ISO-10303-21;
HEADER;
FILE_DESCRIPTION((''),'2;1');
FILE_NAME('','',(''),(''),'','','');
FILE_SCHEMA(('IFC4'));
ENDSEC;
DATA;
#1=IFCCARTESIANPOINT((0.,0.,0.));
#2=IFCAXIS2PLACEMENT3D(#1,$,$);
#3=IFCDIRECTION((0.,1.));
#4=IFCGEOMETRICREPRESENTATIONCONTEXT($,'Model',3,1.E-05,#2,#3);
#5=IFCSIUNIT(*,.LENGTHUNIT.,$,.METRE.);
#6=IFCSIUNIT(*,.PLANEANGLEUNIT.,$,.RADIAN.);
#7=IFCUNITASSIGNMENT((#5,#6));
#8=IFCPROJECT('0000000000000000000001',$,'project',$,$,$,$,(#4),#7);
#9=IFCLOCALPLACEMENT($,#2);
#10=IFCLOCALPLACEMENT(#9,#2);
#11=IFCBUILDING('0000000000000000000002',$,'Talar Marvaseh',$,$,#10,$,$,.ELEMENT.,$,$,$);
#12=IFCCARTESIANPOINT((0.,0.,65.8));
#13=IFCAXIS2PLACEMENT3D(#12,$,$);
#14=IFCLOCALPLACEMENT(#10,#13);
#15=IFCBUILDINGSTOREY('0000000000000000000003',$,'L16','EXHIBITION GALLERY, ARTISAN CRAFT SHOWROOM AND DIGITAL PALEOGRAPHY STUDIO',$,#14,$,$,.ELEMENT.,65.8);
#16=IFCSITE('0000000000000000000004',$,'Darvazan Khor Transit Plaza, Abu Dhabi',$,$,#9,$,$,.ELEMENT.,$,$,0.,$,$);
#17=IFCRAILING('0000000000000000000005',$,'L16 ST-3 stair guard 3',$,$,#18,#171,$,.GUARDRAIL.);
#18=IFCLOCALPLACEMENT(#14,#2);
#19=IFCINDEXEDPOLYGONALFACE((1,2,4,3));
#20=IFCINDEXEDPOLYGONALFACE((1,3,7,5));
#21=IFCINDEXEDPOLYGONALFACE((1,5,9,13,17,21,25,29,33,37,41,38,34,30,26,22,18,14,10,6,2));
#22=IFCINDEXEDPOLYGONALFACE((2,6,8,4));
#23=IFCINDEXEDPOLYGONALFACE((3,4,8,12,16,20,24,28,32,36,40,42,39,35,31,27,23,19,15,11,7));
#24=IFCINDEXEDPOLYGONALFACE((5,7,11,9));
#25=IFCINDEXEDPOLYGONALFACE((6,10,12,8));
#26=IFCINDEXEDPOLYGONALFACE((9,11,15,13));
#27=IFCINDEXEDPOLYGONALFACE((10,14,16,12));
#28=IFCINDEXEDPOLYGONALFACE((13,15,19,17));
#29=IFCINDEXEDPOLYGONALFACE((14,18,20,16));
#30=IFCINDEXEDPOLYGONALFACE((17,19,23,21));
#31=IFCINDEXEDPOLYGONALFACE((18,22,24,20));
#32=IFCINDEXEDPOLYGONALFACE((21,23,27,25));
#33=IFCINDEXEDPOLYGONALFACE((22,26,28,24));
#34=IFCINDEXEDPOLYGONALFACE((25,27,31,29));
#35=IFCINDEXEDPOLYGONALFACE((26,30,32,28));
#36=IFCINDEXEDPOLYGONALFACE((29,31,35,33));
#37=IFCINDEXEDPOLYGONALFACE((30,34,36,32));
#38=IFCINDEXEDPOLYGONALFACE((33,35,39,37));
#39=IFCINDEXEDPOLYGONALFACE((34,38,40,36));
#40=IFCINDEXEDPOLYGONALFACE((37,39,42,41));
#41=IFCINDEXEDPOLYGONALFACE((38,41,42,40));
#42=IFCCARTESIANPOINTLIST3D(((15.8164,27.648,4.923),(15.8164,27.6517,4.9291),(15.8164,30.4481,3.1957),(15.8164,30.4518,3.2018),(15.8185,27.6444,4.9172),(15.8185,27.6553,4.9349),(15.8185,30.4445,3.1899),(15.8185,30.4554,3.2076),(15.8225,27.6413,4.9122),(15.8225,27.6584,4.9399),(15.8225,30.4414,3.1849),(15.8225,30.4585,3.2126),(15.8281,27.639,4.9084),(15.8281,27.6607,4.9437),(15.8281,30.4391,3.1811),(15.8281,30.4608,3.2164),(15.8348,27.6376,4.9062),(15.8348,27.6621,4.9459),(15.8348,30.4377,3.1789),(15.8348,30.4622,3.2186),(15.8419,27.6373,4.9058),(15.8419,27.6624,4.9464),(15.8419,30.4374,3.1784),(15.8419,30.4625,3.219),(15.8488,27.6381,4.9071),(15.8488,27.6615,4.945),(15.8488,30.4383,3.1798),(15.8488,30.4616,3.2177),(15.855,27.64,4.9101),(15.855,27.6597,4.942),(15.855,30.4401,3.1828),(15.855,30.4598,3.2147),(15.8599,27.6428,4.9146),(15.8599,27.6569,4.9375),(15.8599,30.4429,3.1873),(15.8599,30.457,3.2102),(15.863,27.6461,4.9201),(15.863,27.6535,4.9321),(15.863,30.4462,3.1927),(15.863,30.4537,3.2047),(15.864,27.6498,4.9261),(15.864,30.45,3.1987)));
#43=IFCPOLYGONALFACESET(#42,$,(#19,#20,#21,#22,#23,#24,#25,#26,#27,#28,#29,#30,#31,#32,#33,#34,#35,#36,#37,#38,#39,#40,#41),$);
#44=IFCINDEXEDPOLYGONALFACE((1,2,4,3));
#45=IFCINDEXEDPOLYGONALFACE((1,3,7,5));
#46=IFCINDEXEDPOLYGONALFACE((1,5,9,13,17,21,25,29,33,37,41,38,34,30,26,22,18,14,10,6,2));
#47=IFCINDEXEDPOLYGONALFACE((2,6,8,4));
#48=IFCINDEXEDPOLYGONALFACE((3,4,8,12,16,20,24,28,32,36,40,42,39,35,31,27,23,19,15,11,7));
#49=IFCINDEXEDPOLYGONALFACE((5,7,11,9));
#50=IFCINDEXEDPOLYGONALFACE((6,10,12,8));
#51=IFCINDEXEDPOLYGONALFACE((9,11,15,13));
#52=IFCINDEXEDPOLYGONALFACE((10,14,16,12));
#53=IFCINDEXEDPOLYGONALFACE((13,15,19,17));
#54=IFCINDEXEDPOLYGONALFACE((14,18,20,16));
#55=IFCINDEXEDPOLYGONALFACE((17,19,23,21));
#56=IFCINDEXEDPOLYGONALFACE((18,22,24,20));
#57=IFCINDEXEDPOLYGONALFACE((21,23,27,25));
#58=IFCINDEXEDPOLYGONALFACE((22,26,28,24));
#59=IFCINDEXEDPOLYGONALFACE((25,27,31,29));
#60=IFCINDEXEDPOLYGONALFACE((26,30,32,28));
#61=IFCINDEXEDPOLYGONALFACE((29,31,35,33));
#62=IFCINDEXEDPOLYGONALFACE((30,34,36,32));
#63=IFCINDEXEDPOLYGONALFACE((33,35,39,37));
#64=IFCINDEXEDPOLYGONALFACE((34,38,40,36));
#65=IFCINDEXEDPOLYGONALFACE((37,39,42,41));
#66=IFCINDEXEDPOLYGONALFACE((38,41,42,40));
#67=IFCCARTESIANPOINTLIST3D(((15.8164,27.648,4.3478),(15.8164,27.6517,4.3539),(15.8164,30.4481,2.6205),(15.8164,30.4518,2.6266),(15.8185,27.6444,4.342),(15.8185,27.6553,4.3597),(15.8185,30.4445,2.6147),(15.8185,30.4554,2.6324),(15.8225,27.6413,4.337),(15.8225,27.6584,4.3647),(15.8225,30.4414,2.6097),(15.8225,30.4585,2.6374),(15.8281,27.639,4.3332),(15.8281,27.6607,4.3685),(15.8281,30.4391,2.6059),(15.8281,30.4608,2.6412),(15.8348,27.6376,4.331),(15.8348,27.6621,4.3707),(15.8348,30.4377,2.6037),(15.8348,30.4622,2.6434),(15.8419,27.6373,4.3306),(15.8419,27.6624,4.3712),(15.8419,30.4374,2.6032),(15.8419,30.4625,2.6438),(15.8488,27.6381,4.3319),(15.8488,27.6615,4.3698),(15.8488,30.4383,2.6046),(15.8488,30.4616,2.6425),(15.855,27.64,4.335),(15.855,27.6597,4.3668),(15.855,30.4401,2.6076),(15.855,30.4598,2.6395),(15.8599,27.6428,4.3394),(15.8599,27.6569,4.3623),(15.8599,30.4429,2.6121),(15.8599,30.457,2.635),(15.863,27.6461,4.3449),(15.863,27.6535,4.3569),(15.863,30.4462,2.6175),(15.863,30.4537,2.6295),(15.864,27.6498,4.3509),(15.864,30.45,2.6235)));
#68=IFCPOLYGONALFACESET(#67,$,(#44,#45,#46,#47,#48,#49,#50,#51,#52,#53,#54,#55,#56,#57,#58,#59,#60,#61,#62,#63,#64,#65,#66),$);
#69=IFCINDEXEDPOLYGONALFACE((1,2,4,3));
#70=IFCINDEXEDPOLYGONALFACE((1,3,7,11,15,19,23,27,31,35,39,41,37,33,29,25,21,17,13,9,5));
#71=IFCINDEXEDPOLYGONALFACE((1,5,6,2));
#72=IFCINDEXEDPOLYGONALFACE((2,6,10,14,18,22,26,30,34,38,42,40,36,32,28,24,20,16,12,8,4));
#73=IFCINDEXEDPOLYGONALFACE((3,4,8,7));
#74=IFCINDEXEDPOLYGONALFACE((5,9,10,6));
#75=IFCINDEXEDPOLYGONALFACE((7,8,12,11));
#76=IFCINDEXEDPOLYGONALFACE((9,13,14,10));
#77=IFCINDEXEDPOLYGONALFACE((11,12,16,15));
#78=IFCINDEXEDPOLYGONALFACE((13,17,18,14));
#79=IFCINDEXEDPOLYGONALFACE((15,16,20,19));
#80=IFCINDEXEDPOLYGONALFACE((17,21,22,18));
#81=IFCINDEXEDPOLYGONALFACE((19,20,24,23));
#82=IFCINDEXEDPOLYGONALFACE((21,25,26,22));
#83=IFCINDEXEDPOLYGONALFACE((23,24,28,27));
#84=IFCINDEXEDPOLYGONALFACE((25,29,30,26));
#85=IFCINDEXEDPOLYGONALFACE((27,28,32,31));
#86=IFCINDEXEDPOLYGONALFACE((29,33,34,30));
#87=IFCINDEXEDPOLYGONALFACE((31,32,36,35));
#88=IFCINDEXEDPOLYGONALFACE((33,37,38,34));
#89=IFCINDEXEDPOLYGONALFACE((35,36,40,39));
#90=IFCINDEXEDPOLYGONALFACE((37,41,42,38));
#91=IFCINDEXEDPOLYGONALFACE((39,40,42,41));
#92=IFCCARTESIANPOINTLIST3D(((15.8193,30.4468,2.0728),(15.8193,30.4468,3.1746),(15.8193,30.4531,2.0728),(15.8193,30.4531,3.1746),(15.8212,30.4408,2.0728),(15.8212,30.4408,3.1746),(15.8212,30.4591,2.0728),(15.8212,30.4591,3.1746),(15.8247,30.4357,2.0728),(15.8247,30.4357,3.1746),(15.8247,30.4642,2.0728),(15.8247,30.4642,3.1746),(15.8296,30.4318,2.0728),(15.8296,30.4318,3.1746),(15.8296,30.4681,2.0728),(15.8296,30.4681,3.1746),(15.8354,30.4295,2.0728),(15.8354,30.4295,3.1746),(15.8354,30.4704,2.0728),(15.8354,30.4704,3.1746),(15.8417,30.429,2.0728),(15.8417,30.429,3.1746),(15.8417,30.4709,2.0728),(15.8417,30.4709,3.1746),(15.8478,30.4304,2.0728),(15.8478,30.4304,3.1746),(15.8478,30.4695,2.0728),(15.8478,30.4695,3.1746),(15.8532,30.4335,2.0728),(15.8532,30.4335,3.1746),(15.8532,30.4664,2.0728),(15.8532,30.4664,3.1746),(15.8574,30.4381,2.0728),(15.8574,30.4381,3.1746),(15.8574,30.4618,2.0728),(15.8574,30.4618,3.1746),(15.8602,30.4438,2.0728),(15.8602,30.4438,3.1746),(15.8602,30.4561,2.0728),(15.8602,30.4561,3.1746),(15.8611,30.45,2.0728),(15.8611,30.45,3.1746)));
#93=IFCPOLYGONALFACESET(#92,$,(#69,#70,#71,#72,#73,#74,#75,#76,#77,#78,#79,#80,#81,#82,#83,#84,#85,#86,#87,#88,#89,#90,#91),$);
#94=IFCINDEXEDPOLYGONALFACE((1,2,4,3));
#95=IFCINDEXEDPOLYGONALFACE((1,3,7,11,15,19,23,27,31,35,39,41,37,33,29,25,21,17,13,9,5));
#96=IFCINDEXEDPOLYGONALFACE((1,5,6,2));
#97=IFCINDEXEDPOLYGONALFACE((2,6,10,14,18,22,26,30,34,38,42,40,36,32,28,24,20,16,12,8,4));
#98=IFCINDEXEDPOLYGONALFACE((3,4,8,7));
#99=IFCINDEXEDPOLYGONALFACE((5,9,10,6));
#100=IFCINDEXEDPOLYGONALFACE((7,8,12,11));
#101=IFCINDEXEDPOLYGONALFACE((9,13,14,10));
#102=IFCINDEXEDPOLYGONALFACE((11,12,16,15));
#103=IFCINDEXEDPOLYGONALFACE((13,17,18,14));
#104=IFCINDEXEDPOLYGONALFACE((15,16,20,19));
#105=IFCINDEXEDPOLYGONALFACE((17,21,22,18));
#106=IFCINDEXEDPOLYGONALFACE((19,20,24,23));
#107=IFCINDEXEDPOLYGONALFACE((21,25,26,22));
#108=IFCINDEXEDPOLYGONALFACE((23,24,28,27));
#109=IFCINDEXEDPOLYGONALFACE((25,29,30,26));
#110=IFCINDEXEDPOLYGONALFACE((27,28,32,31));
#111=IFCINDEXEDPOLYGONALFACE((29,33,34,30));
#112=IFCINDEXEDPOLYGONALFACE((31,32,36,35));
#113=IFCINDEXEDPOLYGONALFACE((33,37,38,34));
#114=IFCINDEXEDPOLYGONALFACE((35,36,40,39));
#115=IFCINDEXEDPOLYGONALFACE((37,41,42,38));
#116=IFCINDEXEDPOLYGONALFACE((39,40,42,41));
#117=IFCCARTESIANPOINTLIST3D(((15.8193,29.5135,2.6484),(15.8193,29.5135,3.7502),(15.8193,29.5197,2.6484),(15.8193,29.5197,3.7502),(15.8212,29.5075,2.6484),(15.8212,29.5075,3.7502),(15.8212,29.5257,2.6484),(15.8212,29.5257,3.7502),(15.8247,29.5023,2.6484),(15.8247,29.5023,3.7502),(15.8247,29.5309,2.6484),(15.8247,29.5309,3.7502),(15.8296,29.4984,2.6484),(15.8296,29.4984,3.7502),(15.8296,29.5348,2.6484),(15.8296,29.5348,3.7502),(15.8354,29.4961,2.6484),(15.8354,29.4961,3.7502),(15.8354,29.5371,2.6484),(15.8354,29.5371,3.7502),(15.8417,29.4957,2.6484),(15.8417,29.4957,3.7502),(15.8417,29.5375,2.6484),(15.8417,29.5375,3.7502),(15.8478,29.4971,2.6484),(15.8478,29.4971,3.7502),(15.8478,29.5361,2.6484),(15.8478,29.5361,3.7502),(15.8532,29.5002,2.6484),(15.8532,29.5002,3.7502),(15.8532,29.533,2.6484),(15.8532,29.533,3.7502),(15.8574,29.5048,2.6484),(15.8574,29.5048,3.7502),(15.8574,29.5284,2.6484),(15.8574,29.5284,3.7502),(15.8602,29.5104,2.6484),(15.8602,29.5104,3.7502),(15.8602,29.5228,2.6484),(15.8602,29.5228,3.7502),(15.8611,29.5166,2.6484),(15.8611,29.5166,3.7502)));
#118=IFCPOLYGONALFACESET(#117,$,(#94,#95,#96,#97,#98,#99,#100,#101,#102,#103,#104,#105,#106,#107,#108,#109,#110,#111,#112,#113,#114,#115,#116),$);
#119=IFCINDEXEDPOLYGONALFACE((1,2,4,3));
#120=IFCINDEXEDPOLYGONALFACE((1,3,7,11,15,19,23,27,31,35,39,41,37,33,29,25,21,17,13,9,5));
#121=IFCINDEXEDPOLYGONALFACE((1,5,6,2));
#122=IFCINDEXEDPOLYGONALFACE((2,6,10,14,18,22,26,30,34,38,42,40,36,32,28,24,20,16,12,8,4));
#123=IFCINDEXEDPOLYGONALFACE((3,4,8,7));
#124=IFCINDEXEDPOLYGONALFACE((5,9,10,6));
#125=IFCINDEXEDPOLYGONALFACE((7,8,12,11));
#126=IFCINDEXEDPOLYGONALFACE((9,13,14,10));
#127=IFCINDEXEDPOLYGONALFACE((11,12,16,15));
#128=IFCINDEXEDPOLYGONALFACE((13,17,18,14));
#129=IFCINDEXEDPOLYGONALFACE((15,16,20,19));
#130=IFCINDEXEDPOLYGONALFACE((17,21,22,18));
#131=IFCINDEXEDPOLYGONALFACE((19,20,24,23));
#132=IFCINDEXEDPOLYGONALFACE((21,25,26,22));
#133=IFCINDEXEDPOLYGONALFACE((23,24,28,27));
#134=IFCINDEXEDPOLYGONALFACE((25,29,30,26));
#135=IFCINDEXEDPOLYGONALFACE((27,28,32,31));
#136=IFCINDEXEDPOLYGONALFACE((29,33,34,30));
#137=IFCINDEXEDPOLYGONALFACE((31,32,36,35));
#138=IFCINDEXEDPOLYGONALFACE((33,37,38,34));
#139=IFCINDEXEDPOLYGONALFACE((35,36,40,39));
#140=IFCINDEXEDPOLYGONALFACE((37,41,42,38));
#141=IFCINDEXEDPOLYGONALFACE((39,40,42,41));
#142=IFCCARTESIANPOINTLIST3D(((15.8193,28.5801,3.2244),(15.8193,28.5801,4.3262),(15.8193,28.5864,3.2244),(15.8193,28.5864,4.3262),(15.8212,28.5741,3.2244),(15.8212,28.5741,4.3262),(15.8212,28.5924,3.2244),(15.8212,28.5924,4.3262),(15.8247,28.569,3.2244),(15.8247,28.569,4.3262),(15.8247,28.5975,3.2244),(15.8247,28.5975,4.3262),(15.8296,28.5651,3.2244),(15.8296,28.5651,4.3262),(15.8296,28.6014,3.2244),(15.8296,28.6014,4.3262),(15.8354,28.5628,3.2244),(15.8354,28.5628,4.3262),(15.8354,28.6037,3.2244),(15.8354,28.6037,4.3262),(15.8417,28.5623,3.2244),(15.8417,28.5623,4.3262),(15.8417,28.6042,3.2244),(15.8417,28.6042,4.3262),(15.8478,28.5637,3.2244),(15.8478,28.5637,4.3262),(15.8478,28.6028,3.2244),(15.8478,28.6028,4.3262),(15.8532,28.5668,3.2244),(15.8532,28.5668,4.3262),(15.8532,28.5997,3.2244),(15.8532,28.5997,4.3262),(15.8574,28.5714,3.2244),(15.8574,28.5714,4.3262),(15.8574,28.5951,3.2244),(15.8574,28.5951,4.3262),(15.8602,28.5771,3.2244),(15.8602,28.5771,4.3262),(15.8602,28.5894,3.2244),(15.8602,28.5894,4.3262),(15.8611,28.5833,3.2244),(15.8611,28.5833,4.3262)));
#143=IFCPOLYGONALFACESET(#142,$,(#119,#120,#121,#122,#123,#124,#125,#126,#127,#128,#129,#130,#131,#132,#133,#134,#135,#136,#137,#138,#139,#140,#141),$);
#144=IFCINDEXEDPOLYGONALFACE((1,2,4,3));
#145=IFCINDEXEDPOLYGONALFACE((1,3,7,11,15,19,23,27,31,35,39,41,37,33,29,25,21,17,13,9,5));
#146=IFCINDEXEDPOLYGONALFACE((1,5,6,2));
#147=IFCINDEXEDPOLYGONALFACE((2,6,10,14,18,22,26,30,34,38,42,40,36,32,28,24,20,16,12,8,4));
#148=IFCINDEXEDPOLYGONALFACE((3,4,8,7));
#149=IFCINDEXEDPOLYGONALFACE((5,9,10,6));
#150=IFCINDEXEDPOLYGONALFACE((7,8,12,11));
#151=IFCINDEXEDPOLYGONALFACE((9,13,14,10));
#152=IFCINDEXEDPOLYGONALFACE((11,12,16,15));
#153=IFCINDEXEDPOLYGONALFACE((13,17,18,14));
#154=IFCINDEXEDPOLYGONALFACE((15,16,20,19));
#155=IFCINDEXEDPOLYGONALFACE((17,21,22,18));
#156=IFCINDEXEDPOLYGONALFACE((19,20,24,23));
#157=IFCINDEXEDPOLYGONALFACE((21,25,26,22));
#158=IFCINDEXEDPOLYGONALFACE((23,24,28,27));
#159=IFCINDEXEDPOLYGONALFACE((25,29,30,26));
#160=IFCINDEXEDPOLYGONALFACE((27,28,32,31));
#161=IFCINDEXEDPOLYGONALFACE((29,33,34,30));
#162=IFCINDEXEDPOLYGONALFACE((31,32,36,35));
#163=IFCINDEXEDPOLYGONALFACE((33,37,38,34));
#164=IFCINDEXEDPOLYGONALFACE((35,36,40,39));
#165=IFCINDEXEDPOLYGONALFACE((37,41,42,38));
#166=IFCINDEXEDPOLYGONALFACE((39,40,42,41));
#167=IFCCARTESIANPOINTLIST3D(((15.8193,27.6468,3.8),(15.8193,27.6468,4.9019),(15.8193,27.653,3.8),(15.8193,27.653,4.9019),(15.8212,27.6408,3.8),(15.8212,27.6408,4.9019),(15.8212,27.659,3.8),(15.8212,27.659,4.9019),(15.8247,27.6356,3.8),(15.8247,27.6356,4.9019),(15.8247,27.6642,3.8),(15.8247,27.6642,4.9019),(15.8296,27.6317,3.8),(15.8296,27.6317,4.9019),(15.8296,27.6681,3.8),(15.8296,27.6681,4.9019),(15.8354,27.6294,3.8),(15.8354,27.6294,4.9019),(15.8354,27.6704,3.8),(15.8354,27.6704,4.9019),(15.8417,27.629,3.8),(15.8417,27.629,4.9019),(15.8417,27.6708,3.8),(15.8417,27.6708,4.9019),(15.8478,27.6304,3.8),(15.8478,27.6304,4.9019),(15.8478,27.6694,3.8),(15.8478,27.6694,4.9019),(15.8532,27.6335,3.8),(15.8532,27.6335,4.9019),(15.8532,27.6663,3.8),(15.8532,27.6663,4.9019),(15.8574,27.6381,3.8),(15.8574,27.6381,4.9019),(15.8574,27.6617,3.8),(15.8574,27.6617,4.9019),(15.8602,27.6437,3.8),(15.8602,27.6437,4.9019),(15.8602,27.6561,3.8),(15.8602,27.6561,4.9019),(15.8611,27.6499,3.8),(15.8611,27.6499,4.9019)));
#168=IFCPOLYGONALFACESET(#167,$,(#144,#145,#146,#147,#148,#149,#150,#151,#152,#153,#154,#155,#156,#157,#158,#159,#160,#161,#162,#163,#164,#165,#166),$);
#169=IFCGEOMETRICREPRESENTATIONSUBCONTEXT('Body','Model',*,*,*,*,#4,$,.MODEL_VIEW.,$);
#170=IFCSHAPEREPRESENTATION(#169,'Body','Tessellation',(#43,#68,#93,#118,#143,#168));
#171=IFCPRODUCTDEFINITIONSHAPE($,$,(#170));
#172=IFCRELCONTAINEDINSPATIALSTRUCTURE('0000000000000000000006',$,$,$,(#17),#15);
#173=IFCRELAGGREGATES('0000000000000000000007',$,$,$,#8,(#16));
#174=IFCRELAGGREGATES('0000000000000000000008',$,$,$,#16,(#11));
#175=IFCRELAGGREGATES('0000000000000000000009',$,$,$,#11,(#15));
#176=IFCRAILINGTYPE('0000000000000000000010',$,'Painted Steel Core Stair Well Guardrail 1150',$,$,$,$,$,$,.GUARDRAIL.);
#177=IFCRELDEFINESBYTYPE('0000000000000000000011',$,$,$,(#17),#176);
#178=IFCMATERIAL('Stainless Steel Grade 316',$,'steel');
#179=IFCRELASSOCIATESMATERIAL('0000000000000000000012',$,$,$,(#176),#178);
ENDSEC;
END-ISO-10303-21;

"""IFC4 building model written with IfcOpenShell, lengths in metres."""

from ifc_helpers import new_model, si_unit, direction, frame, origin, origin_2d, place, context, subcontext, project, spatial, circle, extrude, material, type_object, element, save


model = new_model("IFC4")

# Units and contexts
model_context = context("Model", 3, precision=1e-05, world=origin(), true_north=direction((0.0, 1.0)))
body_context = subcontext(model_context, "Body", "Model", "MODEL_VIEW")
ifc_project = project(units=[si_unit("LENGTHUNIT", "METRE"), si_unit("PLANEANGLEUNIT", "RADIAN")], contexts=[model_context])

# Site, building, storey
site_placement = place(None, origin())
site = spatial("IfcSite", under=ifc_project, at=site_placement, Name="Darvazan Khor Transit Plaza, Abu Dhabi", CompositionType="ELEMENT", RefElevation=0.0)
building_placement = place(site_placement, origin())
building = spatial("IfcBuilding", under=site, at=building_placement, Name="Talar Marvaseh", CompositionType="ELEMENT")
storey_placement = place(building_placement, frame((0.0, 0.0, 65.8)))
storey = spatial("IfcBuildingStorey", under=building, at=storey_placement, Name="L16", Description="EXHIBITION GALLERY, ARTISAN CRAFT SHOWROOM AND DIGITAL PALEOGRAPHY STUDIO", CompositionType="ELEMENT", Elevation=65.8)

# Railing
ifc_material_1 = material(Name="Stainless Steel Grade 316", Category="steel")
railing_type_1 = type_object("IfcRailingType", Name="Painted Steel Core Stair Well Guardrail 1150", PredefinedType="GUARDRAIL", material=ifc_material_1)
railing_1_placement = place(storey_placement, frame((15.8401, 30.45, 2.0728)))
element("IfcRailing", 1, at=railing_1_placement, inside=storey, type_object=railing_type_1, Name="L16 ST-3 stair guard 3", PredefinedType="GUARDRAIL", context=body_context, shape_type="SweptSolid", body=[
    extrude(circle(Radius=0.0239, at=origin_2d()), frame((0.0, 0.0, 1.126), z_axis=(0.0, -0.85109, 0.52502), x_axis=(1.0, 0.0, 0.0)), (0.0, 0.0, 1.0), 3.29),
    extrude(circle(Radius=0.0239, at=origin_2d()), frame((0.0, 0.0, 0.5508), z_axis=(0.0, -0.85109, 0.52502), x_axis=(1.0, 0.0, 0.0)), (0.0, 0.0, 1.0), 3.29),
    extrude(circle(Radius=0.021, at=origin_2d()), origin(), (0.0, 0.0, 1.0), 1.1018),
    extrude(circle(Radius=0.021, at=origin_2d()), frame((0.0, -0.9333, 0.5757)), (0.0, 0.0, 1.0), 1.1018),
    extrude(circle(Radius=0.021, at=origin_2d()), frame((0.0, -1.8667, 1.1516)), (0.0, 0.0, 1.0), 1.1018),
    extrude(circle(Radius=0.021, at=origin_2d()), frame((0.0, -2.8, 1.7273)), (0.0, 0.0, 1.0), 1.1018),
])

save(model, "model.ifc")
